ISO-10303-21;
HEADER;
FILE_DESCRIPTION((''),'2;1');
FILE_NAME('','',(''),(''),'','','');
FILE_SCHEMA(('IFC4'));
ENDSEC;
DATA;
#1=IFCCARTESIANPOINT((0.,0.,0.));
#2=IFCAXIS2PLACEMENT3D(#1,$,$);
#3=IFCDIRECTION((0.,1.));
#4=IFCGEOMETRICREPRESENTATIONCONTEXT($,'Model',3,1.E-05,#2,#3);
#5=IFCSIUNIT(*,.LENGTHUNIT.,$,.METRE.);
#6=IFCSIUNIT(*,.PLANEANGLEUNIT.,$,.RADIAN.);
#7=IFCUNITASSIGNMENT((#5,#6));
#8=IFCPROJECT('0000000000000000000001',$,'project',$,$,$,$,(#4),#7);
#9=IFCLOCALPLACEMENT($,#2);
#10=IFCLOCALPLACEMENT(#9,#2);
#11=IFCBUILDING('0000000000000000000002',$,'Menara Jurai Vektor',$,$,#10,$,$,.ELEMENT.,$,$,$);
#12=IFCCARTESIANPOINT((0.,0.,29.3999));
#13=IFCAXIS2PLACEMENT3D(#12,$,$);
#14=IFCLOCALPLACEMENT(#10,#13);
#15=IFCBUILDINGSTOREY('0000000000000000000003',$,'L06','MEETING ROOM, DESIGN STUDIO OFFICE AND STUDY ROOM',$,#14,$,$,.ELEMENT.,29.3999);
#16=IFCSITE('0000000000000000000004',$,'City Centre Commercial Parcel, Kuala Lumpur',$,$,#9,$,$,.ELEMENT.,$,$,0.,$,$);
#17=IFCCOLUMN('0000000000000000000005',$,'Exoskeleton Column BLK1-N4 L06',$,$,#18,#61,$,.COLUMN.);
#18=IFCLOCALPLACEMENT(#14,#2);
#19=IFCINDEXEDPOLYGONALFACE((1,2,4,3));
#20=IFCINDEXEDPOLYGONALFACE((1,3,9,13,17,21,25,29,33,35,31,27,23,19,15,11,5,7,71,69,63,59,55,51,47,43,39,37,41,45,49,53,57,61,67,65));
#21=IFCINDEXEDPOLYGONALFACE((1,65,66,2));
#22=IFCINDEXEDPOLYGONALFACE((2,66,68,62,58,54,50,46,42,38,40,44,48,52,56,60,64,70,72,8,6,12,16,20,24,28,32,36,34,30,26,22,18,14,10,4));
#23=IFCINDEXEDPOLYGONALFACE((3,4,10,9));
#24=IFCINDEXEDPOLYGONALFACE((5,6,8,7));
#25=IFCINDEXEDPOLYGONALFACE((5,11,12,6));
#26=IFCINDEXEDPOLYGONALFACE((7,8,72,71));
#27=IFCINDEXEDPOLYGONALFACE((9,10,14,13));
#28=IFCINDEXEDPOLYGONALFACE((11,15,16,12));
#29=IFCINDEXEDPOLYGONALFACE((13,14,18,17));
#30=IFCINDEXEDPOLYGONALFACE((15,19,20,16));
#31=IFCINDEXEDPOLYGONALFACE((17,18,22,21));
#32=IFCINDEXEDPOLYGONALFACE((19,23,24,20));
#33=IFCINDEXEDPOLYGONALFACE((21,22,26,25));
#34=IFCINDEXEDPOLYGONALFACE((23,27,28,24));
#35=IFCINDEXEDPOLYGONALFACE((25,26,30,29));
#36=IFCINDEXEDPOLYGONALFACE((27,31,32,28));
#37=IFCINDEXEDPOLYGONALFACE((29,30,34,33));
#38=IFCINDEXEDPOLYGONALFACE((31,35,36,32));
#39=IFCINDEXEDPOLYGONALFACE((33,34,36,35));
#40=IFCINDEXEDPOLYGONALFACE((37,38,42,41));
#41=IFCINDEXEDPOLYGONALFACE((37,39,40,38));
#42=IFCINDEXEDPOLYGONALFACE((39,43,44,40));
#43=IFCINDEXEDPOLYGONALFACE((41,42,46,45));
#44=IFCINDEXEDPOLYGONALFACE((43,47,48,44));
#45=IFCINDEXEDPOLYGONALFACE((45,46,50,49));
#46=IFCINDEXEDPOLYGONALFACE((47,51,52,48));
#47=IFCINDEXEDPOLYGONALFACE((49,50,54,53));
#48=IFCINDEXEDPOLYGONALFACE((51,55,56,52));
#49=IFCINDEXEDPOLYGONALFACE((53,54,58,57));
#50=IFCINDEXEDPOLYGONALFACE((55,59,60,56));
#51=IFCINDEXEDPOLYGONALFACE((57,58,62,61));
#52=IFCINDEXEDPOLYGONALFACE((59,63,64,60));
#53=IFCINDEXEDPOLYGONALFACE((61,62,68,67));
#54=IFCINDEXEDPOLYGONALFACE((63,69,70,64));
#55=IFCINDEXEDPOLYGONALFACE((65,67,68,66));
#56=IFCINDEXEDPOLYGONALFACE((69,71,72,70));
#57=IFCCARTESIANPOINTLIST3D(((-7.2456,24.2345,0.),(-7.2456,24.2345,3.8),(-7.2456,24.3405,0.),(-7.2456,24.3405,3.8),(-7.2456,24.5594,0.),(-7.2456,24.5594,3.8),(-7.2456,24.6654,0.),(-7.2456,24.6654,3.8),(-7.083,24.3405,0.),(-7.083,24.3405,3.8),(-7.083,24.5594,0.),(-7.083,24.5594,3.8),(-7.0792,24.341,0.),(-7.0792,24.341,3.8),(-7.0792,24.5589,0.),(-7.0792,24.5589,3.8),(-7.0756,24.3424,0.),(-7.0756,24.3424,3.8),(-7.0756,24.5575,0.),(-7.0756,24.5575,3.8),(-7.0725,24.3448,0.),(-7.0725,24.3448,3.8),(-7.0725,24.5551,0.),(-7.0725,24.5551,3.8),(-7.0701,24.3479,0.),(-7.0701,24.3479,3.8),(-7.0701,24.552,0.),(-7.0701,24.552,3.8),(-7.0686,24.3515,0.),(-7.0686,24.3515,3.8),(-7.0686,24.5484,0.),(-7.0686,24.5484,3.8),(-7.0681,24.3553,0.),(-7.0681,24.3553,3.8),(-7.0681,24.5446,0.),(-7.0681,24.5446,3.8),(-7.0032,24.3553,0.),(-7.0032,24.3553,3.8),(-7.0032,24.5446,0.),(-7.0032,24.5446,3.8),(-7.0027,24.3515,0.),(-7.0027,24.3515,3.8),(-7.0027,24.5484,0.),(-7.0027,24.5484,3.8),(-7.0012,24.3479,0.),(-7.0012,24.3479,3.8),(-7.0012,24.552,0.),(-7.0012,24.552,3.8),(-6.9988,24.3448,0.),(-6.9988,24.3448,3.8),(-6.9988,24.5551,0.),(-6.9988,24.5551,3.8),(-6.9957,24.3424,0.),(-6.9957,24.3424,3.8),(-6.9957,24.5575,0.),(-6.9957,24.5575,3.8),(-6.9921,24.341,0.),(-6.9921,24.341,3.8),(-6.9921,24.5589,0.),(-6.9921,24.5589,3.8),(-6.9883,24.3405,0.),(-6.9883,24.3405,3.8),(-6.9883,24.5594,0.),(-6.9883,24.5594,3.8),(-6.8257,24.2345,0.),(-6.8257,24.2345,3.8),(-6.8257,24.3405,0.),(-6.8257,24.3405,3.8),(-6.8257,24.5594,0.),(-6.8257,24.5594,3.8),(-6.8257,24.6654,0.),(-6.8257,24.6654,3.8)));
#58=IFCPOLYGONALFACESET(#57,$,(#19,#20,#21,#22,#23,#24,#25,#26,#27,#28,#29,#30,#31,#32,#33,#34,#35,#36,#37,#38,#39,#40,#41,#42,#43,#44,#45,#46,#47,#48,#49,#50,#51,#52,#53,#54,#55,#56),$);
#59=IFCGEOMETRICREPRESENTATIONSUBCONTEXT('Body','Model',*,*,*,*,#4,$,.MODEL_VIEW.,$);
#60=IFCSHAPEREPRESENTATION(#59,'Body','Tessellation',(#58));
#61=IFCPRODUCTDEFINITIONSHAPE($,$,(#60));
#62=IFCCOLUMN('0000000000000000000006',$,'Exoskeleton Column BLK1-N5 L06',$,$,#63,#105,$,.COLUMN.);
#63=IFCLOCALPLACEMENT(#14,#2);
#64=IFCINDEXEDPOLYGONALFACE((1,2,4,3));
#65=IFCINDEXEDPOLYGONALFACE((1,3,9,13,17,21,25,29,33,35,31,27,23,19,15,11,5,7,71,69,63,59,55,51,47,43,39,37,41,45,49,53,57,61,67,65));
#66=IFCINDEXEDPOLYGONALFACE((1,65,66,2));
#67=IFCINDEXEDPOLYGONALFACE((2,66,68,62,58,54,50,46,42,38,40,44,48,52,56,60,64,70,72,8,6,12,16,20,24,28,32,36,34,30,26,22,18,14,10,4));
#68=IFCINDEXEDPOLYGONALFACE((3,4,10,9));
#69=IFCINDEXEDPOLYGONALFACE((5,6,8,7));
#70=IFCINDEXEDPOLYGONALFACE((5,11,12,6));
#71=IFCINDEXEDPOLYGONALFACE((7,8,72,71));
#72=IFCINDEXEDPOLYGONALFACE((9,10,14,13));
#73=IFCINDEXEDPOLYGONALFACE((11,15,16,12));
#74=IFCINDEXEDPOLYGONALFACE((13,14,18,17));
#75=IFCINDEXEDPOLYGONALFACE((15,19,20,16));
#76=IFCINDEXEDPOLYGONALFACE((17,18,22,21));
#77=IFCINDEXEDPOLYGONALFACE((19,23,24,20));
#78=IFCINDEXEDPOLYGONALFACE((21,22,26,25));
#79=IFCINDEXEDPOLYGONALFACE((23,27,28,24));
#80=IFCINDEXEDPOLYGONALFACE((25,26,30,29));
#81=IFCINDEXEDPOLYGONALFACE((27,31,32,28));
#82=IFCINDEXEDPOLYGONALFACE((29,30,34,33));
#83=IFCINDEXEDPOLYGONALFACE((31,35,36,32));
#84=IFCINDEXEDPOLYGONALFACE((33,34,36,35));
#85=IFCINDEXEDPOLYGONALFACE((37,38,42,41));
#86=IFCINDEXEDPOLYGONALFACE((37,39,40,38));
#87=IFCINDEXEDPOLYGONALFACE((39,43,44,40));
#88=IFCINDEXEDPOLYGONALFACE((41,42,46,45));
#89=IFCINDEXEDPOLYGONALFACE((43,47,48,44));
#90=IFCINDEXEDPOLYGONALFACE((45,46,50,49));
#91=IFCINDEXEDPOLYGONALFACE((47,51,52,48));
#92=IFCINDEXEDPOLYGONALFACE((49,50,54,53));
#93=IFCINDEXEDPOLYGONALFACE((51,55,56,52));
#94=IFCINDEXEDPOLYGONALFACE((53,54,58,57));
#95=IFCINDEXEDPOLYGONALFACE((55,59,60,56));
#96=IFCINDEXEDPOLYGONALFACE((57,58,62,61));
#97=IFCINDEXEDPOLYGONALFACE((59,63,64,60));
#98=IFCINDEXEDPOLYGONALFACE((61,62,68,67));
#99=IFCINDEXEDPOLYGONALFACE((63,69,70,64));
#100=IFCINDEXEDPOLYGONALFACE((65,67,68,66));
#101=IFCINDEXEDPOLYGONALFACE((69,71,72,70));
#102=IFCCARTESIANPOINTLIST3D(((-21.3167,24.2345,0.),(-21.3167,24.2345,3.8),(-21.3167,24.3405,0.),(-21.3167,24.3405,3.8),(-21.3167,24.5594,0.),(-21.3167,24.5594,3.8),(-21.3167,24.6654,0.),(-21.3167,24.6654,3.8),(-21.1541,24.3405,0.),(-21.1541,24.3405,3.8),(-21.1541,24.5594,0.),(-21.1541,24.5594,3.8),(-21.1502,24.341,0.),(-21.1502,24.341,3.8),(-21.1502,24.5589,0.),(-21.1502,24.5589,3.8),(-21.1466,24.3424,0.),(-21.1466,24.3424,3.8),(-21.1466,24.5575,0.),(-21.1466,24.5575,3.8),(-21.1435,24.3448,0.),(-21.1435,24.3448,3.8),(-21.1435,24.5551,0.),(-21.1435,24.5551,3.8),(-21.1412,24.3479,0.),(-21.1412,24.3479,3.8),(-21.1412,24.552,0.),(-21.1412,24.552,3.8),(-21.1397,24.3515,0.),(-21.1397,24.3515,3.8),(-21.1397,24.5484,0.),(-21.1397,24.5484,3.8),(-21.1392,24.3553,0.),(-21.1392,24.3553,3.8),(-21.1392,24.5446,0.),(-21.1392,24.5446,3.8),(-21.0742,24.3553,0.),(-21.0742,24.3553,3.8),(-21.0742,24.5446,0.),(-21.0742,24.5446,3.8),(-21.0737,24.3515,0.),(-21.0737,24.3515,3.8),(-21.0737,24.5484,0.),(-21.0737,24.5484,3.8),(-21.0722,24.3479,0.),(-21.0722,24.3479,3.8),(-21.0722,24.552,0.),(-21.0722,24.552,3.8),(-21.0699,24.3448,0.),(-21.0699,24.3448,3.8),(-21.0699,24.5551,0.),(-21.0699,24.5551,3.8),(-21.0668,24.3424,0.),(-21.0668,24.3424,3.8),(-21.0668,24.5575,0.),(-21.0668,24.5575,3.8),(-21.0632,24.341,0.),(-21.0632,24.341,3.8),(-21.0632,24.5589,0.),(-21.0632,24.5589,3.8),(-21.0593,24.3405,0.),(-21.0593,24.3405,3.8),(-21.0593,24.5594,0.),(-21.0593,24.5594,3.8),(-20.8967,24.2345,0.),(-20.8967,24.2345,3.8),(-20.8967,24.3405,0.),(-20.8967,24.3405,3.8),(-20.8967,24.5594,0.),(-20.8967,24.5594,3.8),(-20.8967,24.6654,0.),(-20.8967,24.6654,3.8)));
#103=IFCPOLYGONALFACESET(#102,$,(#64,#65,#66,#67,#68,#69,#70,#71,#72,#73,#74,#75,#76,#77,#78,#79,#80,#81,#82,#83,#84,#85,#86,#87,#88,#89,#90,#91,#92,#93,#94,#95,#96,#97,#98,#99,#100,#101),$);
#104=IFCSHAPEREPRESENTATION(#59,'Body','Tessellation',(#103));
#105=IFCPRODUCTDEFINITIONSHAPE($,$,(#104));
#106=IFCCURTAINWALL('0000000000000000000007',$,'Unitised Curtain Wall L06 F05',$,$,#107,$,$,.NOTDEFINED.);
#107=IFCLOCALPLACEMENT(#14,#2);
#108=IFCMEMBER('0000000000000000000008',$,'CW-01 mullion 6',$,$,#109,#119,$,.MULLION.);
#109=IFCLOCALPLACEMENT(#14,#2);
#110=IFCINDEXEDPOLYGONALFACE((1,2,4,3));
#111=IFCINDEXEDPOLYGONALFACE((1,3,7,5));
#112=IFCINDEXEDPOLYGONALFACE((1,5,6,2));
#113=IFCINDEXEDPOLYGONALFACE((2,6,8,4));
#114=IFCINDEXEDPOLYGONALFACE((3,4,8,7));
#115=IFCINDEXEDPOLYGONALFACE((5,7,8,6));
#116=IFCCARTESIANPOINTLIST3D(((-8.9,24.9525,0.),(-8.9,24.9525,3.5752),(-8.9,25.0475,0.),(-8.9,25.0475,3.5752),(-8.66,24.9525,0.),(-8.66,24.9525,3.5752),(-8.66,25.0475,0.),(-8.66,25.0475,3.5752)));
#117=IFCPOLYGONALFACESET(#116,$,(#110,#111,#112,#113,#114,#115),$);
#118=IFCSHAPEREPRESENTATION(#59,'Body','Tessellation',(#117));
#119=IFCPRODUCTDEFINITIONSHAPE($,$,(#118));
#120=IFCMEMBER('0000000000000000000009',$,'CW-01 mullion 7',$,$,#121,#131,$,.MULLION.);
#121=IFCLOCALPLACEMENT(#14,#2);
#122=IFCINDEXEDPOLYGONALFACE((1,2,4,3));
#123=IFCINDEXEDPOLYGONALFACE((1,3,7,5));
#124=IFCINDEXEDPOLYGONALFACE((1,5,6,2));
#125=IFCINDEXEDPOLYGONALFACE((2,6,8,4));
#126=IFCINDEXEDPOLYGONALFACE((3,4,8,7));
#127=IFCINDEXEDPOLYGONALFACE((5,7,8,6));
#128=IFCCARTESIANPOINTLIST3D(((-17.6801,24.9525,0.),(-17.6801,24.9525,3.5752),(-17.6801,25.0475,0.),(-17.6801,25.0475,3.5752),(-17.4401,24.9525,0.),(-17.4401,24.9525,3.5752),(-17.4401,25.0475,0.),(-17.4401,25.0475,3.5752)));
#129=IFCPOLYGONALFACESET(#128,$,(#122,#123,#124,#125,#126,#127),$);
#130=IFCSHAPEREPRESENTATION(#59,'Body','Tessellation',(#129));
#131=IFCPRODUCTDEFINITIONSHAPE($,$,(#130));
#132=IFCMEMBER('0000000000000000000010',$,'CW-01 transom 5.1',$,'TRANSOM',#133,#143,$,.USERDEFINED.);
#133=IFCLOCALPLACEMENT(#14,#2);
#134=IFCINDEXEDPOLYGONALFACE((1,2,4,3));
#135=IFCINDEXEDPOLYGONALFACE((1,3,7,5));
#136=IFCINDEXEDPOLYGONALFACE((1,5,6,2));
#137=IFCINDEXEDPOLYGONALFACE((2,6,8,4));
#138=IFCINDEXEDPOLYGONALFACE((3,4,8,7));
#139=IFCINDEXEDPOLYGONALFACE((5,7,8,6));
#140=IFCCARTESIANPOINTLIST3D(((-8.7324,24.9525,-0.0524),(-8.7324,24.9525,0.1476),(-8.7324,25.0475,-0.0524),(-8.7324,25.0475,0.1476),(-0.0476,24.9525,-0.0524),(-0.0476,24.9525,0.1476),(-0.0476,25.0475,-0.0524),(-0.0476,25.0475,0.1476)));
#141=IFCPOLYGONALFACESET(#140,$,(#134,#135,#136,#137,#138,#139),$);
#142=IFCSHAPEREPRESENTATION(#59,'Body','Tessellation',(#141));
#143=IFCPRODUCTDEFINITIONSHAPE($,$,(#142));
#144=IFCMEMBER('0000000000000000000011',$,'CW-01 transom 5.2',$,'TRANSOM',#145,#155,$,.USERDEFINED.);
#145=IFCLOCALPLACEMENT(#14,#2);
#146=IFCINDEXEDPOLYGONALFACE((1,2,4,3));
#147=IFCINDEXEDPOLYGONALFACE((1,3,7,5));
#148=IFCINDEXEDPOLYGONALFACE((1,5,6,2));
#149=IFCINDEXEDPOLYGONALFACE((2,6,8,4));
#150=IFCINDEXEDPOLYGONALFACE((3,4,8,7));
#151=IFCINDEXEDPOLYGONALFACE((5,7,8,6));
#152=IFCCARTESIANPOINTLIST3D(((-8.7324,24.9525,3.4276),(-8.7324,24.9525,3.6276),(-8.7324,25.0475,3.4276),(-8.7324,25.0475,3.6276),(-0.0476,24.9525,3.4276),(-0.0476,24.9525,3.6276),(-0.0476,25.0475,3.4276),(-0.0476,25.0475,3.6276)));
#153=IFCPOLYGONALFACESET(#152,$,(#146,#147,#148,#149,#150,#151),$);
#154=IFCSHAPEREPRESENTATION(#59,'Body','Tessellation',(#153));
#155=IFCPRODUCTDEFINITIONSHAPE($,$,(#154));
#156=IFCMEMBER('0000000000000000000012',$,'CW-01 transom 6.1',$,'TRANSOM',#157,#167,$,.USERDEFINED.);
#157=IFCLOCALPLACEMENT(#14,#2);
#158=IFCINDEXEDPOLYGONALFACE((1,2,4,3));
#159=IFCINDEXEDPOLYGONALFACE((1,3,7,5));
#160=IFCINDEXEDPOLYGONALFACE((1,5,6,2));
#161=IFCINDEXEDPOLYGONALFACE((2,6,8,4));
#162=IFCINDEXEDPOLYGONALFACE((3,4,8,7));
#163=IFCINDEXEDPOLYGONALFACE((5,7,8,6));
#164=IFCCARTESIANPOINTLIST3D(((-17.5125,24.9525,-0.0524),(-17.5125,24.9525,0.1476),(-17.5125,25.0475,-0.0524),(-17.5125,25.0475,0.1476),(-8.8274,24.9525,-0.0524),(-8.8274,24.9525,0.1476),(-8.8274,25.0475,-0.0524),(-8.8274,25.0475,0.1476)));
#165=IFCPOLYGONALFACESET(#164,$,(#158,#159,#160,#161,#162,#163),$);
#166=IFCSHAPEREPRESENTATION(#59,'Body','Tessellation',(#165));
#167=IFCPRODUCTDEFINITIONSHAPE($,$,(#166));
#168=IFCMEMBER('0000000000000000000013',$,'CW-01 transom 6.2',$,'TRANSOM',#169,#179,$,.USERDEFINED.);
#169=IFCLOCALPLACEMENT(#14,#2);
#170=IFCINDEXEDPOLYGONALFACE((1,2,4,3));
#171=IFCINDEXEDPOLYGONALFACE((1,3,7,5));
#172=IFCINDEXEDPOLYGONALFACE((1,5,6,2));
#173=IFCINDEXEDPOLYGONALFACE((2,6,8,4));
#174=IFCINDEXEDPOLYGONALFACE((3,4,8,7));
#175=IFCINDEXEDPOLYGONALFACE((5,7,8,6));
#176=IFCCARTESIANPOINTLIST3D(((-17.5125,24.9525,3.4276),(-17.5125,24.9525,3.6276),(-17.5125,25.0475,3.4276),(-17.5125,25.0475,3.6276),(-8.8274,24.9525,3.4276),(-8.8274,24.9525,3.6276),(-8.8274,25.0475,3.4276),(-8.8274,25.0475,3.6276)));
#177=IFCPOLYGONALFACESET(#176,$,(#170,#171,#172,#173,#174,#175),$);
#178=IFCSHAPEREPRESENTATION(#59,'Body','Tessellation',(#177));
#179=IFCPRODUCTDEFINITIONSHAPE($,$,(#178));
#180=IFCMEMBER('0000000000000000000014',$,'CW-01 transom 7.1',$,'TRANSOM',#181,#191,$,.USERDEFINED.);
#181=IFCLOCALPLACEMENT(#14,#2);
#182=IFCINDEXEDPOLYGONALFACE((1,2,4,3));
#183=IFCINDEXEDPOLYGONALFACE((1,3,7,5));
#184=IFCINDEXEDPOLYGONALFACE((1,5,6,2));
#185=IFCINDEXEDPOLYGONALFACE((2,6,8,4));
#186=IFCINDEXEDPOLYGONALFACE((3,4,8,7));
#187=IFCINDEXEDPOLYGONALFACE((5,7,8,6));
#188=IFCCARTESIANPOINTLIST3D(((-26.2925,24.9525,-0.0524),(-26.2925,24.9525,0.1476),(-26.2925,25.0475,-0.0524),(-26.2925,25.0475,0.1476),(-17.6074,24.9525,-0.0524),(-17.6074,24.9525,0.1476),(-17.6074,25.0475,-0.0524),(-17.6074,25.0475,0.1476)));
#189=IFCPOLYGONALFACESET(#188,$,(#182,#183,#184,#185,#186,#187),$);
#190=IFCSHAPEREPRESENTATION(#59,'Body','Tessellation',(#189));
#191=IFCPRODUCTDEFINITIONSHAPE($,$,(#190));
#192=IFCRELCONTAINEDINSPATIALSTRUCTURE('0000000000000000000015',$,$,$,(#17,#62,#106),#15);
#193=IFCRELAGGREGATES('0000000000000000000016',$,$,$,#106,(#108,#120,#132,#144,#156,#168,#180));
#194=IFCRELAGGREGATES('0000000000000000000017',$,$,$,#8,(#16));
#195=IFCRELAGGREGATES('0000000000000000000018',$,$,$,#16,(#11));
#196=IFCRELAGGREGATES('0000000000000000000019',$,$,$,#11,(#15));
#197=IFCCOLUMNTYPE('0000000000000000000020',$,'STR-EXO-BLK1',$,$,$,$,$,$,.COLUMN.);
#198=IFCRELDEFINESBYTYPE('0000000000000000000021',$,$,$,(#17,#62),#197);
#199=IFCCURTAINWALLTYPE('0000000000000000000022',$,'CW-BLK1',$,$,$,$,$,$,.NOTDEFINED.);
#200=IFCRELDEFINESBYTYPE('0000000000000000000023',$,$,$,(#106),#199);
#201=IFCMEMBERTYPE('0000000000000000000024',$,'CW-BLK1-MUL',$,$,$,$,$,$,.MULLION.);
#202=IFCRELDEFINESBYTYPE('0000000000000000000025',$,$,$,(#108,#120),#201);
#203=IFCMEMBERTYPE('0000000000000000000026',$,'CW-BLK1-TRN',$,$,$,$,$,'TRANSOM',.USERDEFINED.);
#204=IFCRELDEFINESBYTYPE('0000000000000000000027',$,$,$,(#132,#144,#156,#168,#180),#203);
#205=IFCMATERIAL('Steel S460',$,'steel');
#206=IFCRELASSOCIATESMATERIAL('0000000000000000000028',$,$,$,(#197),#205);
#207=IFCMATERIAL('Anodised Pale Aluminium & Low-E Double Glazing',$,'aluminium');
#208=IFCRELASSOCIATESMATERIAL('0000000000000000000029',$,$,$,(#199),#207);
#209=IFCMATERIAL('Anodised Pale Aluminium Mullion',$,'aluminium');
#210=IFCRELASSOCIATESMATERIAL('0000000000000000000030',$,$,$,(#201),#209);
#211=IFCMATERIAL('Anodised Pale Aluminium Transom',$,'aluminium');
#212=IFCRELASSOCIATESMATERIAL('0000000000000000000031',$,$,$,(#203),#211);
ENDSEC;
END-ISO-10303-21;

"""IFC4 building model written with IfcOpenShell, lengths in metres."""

from ifc_helpers import new_model, si_unit, direction, frame, origin, origin_2d, place, context, subcontext, project, spatial, rectangle, i_section, extrude, material, material_profile, profile_set, type_object, element, aggregate, save


model = new_model("IFC4")

# Units and contexts
model_context = context("Model", 3, precision=1e-05, world=origin(), true_north=direction((0.0, 1.0)))
body_context = subcontext(model_context, "Body", "Model", "MODEL_VIEW")
ifc_project = project(units=[si_unit("LENGTHUNIT", "METRE"), si_unit("PLANEANGLEUNIT", "RADIAN")], contexts=[model_context])

# Site, building, storey
site_placement = place(None, origin())
site = spatial("IfcSite", under=ifc_project, at=site_placement, Name="City Centre Commercial Parcel, Kuala Lumpur", CompositionType="ELEMENT", RefElevation=0.0)
building_placement = place(site_placement, origin())
building = spatial("IfcBuilding", under=site, at=building_placement, Name="Menara Jurai Vektor", CompositionType="ELEMENT")
storey_placement = place(building_placement, frame((0.0, 0.0, 29.3999)))
storey = spatial("IfcBuildingStorey", under=building, at=storey_placement, Name="L06", Description="MEETING ROOM, DESIGN STUDIO OFFICE AND STUDY ROOM", CompositionType="ELEMENT", Elevation=29.3999)

# Columns
ifc_material_1 = material(Name="Steel S460", Category="steel")
ifc_material_profile_1 = material_profile(ifc_material_1, i_section(OverallWidth=0.4199, OverallDepth=0.4309, WebThickness=0.0649, FlangeThickness=0.106, FilletRadius=0.0149, at=origin_2d()), Name="HD 400x900")
ifc_profile_set_1 = profile_set([ifc_material_profile_1], Name="Steel S460")
column_type = type_object("IfcColumnType", Name="STR-EXO-BLK1", PredefinedType="COLUMN", material=ifc_profile_set_1)
for number, where, z_axis, x_axis, name in (
    (1, (-7.0356, 24.45, 0.0), (0.0, 0.0, 1.0), (1.0, 0.0, 0.0), "Exoskeleton Column BLK1-N4 L06"),
    (2, (-21.1067, 24.45, 0.0), (0.0, 0.0, 1.0), (1.0, 0.0, 0.0), "Exoskeleton Column BLK1-N5 L06"),
):
    element("IfcColumn", number, at=place(storey_placement, frame(where, z_axis=z_axis, x_axis=x_axis)), inside=storey, type_object=column_type, Name=name, PredefinedType="COLUMN", context=body_context, shape_type="SweptSolid", body=[
        extrude(i_section(OverallWidth=0.4199, OverallDepth=0.4309, WebThickness=0.0649, FlangeThickness=0.106, FilletRadius=0.0149, at=origin_2d()), origin(), (0.0, 0.0, 1.0), 3.8),
    ])

# Curtain wall, members
ifc_material_2 = material(Name="Anodised Pale Aluminium & Low-E Double Glazing", Category="aluminium")
curtain_wall_type = type_object("IfcCurtainWallType", Name="CW-BLK1", PredefinedType="NOTDEFINED", material=ifc_material_2)
curtain_wall_placement = place(storey_placement, origin())
curtain_wall = element("IfcCurtainWall", 3, at=curtain_wall_placement, inside=storey, type_object=curtain_wall_type, Name="Unitised Curtain Wall L06 F05", PredefinedType="NOTDEFINED")
ifc_material_3 = material(Name="Anodised Pale Aluminium Mullion", Category="aluminium")
ifc_material_profile_2 = material_profile(ifc_material_3, rectangle(XDim=0.095, YDim=0.24, at=origin_2d()), Name="ALU MUL 95x240")
ifc_profile_set_2 = profile_set([ifc_material_profile_2], Name="Anodised Pale Aluminium Mullion")
member_type_1 = type_object("IfcMemberType", Name="CW-BLK1-MUL", PredefinedType="MULLION", material=ifc_profile_set_2)
member_1_placement = place(storey_placement, frame((-8.78, 25.0, 0.0), z_axis=(0.0, 0.0, 1.0), x_axis=(0.0, -1.0, 0.0)))
member_1 = element("IfcMember", 4, at=member_1_placement, type_object=member_type_1, Name="CW-01 mullion 6", PredefinedType="MULLION", context=body_context, shape_type="SweptSolid", body=[
    extrude(rectangle(XDim=0.095, YDim=0.24, at=origin_2d()), origin(), (0.0, 0.0, 1.0), 3.5752),
])
member_2_placement = place(storey_placement, frame((-17.5601, 25.0, 0.0), z_axis=(0.0, 0.0, 1.0), x_axis=(0.0, -1.0, 0.0)))
member_2 = element("IfcMember", 5, at=member_2_placement, type_object=member_type_1, Name="CW-01 mullion 7", PredefinedType="MULLION", context=body_context, shape_type="SweptSolid", body=[
    extrude(rectangle(XDim=0.095, YDim=0.24, at=origin_2d()), origin(), (0.0, 0.0, 1.0), 3.5752),
])
ifc_material_4 = material(Name="Anodised Pale Aluminium Transom", Category="aluminium")
ifc_material_profile_3 = material_profile(ifc_material_4, rectangle(XDim=0.095, YDim=0.2, at=origin_2d()), Name="ALU TRN 95x200")
ifc_profile_set_3 = profile_set([ifc_material_profile_3], Name="Anodised Pale Aluminium Transom")
member_type_2 = type_object("IfcMemberType", Name="CW-BLK1-TRN", ElementType="TRANSOM", PredefinedType="USERDEFINED", material=ifc_profile_set_3)
member_3_placement = place(storey_placement, frame((-0.0476, 25.0, 0.0476), z_axis=(-1.0, 0.0, 0.0), x_axis=(0.0, -1.0, 0.0)))
member_3 = element("IfcMember", 6, at=member_3_placement, type_object=member_type_2, Name="CW-01 transom 5.1", ObjectType="TRANSOM", PredefinedType="USERDEFINED", context=body_context, shape_type="SweptSolid", body=[
    extrude(rectangle(XDim=0.095, YDim=0.2, at=origin_2d()), origin(), (0.0, 0.0, 1.0), 8.6848),
])
member_4_placement = place(storey_placement, frame((-0.0476, 25.0, 3.5276), z_axis=(-1.0, 0.0, 0.0), x_axis=(0.0, -1.0, 0.0)))
member_4 = element("IfcMember", 7, at=member_4_placement, type_object=member_type_2, Name="CW-01 transom 5.2", ObjectType="TRANSOM", PredefinedType="USERDEFINED", context=body_context, shape_type="SweptSolid", body=[
    extrude(rectangle(XDim=0.095, YDim=0.2, at=origin_2d()), origin(), (0.0, 0.0, 1.0), 8.6848),
])
member_5_placement = place(storey_placement, frame((-8.8274, 25.0, 0.0476), z_axis=(-1.0, 0.0, 0.0), x_axis=(0.0, -1.0, 0.0)))
member_5 = element("IfcMember", 8, at=member_5_placement, type_object=member_type_2, Name="CW-01 transom 6.1", ObjectType="TRANSOM", PredefinedType="USERDEFINED", context=body_context, shape_type="SweptSolid", body=[
    extrude(rectangle(XDim=0.095, YDim=0.2, at=origin_2d()), origin(), (0.0, 0.0, 1.0), 8.6851),
])
member_6_placement = place(storey_placement, frame((-8.8274, 25.0, 3.5276), z_axis=(-1.0, 0.0, 0.0), x_axis=(0.0, -1.0, 0.0)))
member_6 = element("IfcMember", 9, at=member_6_placement, type_object=member_type_2, Name="CW-01 transom 6.2", ObjectType="TRANSOM", PredefinedType="USERDEFINED", context=body_context, shape_type="SweptSolid", body=[
    extrude(rectangle(XDim=0.095, YDim=0.2, at=origin_2d()), origin(), (0.0, 0.0, 1.0), 8.6851),
])
member_7_placement = place(storey_placement, frame((-17.6074, 25.0, 0.0476), z_axis=(-1.0, 0.0, 0.0), x_axis=(0.0, -1.0, 0.0)))
member_7 = element("IfcMember", 10, at=member_7_placement, type_object=member_type_2, Name="CW-01 transom 7.1", ObjectType="TRANSOM", PredefinedType="USERDEFINED", context=body_context, shape_type="SweptSolid", body=[
    extrude(rectangle(XDim=0.095, YDim=0.2, at=origin_2d()), origin(), (0.0, 0.0, 1.0), 8.6851),
])

aggregate(curtain_wall, [member_1, member_2, member_3, member_4, member_5, member_6, member_7])

save(model, "model.ifc")
